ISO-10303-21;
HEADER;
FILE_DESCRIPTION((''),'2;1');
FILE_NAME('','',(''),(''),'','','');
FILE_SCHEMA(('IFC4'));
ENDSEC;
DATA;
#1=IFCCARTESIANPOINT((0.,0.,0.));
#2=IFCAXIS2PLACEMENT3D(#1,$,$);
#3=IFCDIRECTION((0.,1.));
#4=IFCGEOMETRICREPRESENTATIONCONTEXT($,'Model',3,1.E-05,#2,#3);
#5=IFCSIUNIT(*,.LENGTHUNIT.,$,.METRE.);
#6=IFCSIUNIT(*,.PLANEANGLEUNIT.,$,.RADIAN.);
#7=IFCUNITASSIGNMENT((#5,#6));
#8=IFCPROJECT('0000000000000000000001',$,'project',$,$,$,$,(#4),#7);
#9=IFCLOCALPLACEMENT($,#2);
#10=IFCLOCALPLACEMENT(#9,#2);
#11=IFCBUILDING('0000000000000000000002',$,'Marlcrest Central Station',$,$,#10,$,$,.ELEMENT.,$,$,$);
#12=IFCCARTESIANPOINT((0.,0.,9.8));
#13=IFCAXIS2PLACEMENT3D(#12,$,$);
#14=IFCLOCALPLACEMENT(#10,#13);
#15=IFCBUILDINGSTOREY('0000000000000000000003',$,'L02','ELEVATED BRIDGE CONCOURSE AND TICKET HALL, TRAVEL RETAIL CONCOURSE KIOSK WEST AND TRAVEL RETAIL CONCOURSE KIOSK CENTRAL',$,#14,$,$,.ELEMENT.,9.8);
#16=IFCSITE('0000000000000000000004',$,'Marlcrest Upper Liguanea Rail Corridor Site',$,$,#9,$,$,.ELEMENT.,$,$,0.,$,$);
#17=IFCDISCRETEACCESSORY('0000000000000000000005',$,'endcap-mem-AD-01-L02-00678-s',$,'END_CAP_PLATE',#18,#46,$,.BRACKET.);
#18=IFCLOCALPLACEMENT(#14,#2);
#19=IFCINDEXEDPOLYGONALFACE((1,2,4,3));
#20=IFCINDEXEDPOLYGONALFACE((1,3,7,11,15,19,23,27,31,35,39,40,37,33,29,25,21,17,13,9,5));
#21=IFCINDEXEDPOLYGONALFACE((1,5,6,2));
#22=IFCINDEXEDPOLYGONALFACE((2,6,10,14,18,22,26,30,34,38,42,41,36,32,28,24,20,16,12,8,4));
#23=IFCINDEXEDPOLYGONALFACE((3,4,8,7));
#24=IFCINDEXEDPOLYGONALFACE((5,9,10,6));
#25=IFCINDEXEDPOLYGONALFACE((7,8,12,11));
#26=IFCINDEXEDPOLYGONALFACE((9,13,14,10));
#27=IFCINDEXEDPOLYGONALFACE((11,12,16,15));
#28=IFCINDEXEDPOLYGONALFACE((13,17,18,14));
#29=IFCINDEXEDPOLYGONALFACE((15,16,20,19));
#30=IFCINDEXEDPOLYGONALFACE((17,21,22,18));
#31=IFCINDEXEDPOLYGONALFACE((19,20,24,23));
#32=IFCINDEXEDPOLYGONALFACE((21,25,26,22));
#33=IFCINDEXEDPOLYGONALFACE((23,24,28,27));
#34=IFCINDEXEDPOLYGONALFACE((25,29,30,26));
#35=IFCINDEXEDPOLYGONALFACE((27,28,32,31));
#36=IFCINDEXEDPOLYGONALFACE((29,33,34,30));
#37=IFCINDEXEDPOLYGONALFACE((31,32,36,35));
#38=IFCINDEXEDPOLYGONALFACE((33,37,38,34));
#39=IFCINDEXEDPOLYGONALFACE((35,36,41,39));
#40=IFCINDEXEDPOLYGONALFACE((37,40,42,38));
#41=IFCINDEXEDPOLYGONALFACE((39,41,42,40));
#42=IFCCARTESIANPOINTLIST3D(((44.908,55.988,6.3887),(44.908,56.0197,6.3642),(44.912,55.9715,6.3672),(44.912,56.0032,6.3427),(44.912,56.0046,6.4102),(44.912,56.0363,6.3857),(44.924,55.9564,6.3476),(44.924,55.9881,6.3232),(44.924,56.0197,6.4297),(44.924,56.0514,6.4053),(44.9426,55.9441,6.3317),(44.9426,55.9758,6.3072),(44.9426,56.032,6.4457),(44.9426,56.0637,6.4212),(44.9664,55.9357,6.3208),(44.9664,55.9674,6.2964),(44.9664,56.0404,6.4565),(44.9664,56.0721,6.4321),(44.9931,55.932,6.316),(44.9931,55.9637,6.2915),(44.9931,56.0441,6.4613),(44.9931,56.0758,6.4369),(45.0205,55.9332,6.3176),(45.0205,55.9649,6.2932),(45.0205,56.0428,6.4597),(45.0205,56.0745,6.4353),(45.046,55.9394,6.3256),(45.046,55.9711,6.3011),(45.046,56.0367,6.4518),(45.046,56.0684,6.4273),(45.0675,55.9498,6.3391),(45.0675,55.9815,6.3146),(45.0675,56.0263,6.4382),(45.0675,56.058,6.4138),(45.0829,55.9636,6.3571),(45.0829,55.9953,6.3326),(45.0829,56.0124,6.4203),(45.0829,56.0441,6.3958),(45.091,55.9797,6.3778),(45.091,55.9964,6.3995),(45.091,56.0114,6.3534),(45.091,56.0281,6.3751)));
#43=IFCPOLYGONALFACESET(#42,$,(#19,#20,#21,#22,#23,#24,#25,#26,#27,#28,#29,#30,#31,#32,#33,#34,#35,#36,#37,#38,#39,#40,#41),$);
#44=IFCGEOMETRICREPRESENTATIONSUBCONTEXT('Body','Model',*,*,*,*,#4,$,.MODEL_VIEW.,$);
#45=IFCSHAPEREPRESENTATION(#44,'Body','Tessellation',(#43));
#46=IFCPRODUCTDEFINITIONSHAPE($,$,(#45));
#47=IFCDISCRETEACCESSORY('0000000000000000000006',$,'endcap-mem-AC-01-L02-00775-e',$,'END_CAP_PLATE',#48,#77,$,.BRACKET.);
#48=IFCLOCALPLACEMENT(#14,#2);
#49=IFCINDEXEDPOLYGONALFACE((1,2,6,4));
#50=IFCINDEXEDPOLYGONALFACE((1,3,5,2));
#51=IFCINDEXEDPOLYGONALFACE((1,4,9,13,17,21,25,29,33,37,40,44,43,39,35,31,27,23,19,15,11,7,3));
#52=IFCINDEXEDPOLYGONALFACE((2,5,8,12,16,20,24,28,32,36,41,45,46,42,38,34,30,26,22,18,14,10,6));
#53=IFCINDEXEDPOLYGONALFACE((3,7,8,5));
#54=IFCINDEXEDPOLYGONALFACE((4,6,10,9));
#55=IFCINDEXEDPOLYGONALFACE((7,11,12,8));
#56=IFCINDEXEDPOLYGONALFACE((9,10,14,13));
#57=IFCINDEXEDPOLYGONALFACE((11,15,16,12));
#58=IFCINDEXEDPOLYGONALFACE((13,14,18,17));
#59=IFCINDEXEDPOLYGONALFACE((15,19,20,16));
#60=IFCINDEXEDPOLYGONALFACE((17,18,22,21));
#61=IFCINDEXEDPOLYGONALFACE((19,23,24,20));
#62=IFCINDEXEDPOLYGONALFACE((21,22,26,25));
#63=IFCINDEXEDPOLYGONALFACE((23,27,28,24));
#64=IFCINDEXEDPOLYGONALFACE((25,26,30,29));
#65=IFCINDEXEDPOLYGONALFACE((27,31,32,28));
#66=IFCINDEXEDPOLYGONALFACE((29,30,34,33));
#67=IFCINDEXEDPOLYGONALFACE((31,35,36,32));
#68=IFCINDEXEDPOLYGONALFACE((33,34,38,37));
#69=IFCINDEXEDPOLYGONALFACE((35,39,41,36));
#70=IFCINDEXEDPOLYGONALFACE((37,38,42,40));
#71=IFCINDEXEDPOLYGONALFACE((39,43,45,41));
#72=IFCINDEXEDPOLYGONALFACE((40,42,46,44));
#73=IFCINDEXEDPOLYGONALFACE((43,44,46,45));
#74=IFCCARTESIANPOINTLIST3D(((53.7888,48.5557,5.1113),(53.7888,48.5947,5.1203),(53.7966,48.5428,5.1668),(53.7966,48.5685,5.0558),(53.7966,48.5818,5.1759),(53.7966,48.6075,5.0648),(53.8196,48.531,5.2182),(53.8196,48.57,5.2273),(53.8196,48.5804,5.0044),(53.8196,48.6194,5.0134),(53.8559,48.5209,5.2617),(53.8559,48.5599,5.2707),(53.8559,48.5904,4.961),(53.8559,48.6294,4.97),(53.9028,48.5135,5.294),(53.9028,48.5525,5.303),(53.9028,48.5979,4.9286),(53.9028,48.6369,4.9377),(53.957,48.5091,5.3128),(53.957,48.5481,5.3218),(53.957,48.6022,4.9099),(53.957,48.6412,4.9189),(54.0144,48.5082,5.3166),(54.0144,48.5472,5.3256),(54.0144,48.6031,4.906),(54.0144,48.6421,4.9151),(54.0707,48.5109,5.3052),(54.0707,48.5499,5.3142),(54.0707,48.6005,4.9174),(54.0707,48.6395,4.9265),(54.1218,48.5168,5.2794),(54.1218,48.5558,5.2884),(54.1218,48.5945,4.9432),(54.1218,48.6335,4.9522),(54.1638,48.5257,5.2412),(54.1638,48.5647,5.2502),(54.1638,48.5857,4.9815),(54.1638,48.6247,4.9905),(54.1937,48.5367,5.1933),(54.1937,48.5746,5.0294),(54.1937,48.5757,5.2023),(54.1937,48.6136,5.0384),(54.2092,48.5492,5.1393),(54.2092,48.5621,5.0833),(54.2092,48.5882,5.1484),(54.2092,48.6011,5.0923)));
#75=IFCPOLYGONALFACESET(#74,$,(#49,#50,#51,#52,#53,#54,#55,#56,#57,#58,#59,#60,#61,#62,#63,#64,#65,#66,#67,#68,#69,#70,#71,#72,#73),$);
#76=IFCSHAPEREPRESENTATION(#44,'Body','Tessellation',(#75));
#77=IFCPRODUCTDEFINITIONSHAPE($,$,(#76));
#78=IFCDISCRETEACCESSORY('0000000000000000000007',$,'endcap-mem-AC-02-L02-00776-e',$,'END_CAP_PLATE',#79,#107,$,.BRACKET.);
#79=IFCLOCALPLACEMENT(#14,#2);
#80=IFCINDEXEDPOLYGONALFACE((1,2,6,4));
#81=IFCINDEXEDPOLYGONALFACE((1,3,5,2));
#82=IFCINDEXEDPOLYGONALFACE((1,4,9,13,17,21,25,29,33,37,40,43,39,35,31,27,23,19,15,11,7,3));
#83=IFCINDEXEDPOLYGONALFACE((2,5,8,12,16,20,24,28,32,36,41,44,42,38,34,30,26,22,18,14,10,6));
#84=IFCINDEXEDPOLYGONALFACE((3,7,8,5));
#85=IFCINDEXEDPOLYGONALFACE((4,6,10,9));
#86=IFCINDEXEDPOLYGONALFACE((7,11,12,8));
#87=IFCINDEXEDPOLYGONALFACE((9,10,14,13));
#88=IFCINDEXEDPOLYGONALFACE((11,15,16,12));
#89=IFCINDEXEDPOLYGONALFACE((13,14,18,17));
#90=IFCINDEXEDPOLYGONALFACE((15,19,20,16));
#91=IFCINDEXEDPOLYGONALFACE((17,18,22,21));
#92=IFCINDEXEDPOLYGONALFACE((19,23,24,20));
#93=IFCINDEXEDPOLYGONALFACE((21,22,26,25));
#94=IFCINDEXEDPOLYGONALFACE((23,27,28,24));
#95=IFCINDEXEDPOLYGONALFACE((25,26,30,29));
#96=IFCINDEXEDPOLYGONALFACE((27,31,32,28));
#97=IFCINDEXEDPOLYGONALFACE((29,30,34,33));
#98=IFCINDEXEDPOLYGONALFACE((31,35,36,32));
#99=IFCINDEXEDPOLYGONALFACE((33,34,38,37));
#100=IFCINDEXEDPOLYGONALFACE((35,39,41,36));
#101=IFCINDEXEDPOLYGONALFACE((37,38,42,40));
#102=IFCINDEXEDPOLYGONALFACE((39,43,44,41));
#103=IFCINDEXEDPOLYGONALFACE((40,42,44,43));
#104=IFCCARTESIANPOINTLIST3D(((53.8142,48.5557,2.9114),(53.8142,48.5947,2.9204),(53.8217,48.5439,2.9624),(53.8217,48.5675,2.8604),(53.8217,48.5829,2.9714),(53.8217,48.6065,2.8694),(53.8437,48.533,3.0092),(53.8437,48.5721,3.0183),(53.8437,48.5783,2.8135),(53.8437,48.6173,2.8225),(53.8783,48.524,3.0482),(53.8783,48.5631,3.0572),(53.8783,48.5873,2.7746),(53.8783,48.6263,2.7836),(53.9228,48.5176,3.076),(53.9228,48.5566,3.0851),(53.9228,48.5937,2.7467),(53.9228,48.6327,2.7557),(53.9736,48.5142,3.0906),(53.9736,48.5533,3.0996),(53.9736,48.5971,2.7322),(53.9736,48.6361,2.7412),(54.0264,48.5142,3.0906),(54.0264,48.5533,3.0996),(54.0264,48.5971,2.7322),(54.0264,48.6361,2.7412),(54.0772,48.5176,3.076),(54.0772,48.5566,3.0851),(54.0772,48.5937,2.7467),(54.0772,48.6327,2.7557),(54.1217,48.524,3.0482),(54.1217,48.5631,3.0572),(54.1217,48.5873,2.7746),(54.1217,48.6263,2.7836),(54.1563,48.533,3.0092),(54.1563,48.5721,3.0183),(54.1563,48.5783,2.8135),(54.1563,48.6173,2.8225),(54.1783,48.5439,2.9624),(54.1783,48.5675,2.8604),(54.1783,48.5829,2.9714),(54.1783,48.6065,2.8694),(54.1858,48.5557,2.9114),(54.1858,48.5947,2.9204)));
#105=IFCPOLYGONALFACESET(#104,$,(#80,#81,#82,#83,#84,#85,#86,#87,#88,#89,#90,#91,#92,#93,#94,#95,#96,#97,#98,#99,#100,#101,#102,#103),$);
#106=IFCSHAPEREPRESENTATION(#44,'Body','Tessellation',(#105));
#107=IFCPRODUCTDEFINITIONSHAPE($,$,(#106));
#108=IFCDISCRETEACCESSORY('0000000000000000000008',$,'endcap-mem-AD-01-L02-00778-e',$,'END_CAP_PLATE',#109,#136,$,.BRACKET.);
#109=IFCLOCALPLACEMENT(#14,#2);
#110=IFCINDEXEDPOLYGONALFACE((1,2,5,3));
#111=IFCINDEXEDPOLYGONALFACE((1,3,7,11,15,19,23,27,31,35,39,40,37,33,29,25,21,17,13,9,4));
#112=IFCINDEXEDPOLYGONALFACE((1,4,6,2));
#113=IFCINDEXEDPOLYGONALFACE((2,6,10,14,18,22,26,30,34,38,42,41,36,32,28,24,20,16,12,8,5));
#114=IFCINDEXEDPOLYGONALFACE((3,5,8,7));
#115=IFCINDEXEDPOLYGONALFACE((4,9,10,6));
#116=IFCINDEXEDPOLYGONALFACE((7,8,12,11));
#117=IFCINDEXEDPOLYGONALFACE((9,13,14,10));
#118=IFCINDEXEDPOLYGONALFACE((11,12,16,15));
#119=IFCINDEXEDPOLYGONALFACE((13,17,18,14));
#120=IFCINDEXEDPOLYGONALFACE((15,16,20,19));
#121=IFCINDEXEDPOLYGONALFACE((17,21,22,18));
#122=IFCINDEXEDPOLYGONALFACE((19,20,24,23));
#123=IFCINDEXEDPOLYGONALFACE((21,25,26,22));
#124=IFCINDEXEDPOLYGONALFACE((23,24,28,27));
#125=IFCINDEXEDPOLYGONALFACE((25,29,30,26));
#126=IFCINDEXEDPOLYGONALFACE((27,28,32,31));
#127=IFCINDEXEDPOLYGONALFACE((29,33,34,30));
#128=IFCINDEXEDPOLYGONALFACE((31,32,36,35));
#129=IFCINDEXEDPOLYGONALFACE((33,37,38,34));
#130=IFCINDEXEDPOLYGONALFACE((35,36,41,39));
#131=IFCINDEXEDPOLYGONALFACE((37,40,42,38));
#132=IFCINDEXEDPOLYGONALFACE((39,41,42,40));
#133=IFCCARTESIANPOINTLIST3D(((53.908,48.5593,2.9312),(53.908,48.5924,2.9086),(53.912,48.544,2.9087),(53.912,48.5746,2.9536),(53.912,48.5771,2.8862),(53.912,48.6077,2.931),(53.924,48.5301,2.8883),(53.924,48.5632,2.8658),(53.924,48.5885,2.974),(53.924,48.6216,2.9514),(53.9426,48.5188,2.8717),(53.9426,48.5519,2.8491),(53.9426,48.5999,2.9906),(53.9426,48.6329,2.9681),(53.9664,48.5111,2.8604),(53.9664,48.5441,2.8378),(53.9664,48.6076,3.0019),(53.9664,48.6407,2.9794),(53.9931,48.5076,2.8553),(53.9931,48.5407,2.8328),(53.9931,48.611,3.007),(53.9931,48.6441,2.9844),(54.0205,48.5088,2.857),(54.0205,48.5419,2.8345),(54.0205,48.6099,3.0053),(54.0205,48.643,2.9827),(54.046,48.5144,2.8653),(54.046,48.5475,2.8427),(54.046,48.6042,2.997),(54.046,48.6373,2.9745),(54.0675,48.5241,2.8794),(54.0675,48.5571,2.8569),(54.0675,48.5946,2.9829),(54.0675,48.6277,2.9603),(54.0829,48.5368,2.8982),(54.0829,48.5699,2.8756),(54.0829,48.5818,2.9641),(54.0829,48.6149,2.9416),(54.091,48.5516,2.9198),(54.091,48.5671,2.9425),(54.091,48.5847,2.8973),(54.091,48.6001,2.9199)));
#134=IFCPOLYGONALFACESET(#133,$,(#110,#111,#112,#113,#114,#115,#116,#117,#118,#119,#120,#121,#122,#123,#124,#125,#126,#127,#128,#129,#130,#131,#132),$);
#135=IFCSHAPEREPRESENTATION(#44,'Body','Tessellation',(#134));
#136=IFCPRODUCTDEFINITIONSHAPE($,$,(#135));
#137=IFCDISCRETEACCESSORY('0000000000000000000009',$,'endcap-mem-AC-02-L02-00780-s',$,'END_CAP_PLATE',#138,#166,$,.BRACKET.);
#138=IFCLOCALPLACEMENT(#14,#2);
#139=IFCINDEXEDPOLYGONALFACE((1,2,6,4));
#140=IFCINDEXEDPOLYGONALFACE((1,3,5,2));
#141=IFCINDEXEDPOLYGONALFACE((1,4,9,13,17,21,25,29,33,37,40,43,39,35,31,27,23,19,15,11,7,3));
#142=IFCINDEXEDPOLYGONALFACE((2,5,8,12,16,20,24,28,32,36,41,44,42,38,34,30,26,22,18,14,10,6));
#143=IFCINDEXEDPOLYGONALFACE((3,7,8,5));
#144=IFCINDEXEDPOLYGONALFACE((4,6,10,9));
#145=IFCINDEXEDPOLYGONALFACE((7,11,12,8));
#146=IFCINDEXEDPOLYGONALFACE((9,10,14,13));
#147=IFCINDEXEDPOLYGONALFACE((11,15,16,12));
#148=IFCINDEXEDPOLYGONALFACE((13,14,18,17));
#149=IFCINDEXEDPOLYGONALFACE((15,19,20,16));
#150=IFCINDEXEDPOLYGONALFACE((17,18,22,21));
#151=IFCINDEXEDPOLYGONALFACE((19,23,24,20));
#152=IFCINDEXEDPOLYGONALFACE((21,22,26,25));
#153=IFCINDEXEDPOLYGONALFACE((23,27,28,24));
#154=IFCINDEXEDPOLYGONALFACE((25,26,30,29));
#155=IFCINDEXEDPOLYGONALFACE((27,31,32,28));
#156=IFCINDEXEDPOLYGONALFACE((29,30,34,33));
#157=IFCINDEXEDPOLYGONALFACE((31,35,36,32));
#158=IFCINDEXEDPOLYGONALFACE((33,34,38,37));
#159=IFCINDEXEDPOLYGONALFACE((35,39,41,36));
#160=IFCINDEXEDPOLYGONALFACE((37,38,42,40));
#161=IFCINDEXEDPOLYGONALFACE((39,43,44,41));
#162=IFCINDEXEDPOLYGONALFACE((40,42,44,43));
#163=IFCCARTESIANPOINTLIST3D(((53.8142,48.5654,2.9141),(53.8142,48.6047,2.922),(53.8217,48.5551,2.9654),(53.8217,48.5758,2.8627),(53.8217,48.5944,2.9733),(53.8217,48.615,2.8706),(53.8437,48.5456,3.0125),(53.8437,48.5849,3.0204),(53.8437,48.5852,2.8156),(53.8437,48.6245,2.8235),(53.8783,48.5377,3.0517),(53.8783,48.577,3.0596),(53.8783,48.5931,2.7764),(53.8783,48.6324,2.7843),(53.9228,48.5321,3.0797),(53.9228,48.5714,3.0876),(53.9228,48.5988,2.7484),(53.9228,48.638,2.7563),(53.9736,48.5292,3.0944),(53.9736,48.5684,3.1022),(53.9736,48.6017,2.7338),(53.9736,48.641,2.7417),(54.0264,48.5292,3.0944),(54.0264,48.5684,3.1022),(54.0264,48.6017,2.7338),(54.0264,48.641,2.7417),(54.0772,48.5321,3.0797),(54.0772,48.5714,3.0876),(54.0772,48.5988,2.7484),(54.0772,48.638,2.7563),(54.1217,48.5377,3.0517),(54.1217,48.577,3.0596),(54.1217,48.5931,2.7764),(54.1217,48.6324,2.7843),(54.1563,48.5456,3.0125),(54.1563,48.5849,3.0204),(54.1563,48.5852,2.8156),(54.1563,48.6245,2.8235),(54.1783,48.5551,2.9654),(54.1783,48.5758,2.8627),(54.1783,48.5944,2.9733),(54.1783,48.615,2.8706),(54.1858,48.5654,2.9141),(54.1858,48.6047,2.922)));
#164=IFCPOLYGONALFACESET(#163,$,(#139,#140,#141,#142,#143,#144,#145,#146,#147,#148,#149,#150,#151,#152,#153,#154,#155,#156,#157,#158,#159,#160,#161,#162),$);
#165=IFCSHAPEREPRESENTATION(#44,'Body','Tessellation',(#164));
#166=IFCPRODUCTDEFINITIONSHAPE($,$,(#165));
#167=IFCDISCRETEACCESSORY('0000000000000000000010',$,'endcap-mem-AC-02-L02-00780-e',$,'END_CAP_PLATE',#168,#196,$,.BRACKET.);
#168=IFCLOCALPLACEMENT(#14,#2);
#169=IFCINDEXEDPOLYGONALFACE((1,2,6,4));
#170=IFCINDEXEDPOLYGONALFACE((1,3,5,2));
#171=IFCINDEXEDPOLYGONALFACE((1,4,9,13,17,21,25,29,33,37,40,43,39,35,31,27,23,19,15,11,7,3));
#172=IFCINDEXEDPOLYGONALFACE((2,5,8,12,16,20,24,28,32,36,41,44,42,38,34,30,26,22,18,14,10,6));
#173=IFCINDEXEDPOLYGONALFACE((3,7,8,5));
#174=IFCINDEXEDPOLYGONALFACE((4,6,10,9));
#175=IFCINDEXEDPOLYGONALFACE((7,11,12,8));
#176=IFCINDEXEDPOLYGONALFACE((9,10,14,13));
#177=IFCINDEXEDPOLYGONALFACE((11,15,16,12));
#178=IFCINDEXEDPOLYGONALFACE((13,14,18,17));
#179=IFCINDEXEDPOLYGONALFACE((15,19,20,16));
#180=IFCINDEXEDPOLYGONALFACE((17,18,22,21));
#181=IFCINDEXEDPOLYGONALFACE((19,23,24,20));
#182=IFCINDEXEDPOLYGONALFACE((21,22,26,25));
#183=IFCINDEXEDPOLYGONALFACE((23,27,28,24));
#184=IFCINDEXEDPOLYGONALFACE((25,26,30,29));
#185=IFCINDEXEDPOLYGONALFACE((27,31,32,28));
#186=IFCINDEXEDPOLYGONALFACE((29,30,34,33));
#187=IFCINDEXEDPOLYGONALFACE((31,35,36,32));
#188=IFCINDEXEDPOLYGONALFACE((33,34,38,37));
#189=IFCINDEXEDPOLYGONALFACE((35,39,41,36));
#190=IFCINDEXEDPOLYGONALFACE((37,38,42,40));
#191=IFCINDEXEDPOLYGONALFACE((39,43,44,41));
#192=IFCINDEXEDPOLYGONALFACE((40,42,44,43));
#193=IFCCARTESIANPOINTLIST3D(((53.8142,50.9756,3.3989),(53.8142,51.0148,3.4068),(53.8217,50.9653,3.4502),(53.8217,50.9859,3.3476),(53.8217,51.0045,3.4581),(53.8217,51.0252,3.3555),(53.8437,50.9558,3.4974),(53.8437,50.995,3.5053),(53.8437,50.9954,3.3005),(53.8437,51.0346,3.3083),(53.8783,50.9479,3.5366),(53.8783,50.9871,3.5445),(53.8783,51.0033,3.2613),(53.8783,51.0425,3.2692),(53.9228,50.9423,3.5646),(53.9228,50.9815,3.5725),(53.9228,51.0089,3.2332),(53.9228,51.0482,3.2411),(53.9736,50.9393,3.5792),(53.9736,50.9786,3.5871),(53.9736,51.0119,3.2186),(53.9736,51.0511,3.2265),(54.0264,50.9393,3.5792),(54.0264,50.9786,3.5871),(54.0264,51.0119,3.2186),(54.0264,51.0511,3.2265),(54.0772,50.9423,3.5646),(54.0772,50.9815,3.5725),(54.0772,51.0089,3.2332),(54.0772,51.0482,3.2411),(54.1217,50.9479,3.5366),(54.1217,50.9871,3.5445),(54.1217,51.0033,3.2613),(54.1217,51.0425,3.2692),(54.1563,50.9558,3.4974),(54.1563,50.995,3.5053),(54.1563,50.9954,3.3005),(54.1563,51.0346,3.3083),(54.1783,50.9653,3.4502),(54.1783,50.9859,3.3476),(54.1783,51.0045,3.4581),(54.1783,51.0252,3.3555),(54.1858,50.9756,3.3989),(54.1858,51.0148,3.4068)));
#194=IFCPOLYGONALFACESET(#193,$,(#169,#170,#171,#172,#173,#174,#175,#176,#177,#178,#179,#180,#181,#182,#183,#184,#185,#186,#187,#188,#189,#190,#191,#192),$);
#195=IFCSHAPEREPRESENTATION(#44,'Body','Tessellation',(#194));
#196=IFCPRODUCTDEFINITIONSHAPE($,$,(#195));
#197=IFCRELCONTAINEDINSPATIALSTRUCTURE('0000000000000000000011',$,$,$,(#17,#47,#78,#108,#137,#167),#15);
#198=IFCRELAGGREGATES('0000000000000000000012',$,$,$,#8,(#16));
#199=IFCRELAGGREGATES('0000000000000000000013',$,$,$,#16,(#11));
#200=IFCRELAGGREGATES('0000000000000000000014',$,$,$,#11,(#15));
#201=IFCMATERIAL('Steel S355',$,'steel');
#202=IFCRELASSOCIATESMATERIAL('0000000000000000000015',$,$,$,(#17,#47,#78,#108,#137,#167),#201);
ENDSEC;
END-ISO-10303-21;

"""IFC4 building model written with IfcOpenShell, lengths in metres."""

from ifc_helpers import new_model, si_unit, direction, frame, origin, origin_2d, place, context, subcontext, project, spatial, circle, extrude, material, element, save


model = new_model("IFC4")

# Units and contexts
model_context = context("Model", 3, precision=1e-05, world=origin(), true_north=direction((0.0, 1.0)))
body_context = subcontext(model_context, "Body", "Model", "MODEL_VIEW")
ifc_project = project(units=[si_unit("LENGTHUNIT", "METRE"), si_unit("PLANEANGLEUNIT", "RADIAN")], contexts=[model_context])

# Site, building, storey
site_placement = place(None, origin())
site = spatial("IfcSite", under=ifc_project, at=site_placement, Name="Marlcrest Upper Liguanea Rail Corridor Site", CompositionType="ELEMENT", RefElevation=0.0)
building_placement = place(site_placement, origin())
building = spatial("IfcBuilding", under=site, at=building_placement, Name="Marlcrest Central Station", CompositionType="ELEMENT")
storey_placement = place(building_placement, frame((0.0, 0.0, 9.8)))
storey = spatial("IfcBuildingStorey", under=building, at=storey_placement, Name="L02", Description="ELEVATED BRIDGE CONCOURSE AND TICKET HALL, TRAVEL RETAIL CONCOURSE KIOSK WEST AND TRAVEL RETAIL CONCOURSE KIOSK CENTRAL", CompositionType="ELEMENT", Elevation=9.8)

# Shared definitions
ifc_material = material(Name="Steel S355", Category="steel")

# Discrete accessories
discrete_accessory_1_placement = place(storey_placement, frame((45.0, 55.988, 6.3887), z_axis=(0.0, 0.791798, -0.610783), x_axis=(-1.0, 0.0, 0.0)))
element("IfcDiscreteAccessory", 1, at=discrete_accessory_1_placement, inside=storey, material=ifc_material, Name="endcap-mem-AD-01-L02-00678-s", ObjectType="END_CAP_PLATE", PredefinedType="BRACKET", context=body_context, shape_type="SweptSolid", body=[
    extrude(circle(Radius=0.092, at=origin_2d()), origin(), (0.0, 0.0, 1.0), 0.04),
])
discrete_accessory_2_placement = place(storey_placement, frame((54.0, 48.5557, 5.1113), z_axis=(0.0, 0.97433, 0.225126), x_axis=(-1.0, 0.0, 0.0)))
element("IfcDiscreteAccessory", 2, at=discrete_accessory_2_placement, inside=storey, material=ifc_material, Name="endcap-mem-AC-01-L02-00775-e", ObjectType="END_CAP_PLATE", PredefinedType="BRACKET", context=body_context, shape_type="SweptSolid", body=[
    extrude(circle(Radius=0.2112, at=origin_2d()), origin(), (0.0, 0.0, 1.0), 0.04),
])
discrete_accessory_3_placement = place(storey_placement, frame((54.0, 48.5557, 2.9114), z_axis=(0.0, 0.974308, 0.22522), x_axis=(-1.0, 0.0, 0.0)))
element("IfcDiscreteAccessory", 3, at=discrete_accessory_3_placement, inside=storey, material=ifc_material, Name="endcap-mem-AC-02-L02-00776-e", ObjectType="END_CAP_PLATE", PredefinedType="BRACKET", context=body_context, shape_type="SweptSolid", body=[
    extrude(circle(Radius=0.1858, at=origin_2d()), origin(), (0.0, 0.0, 1.0), 0.04),
])
discrete_accessory_4_placement = place(storey_placement, frame((54.0, 48.5593, 2.9312), z_axis=(0.0, 0.826263, -0.563285), x_axis=(-1.0, 0.0, 0.0)))
element("IfcDiscreteAccessory", 4, at=discrete_accessory_4_placement, inside=storey, material=ifc_material, Name="endcap-mem-AD-01-L02-00778-e", ObjectType="END_CAP_PLATE", PredefinedType="BRACKET", context=body_context, shape_type="SweptSolid", body=[
    extrude(circle(Radius=0.092, at=origin_2d()), origin(), (0.0, 0.0, 1.0), 0.04),
])
for number, where, z_axis, x_axis, name in (
    (5, (54.0, 48.5654, 2.9141), (0.0, 0.980359, 0.197219), (-1.0, 0.0, 0.0), "endcap-mem-AC-02-L02-00780-s"),
    (6, (54.0, 50.9756, 3.3989), (0.0, 0.980359, 0.197219), (-1.0, 0.0, 0.0), "endcap-mem-AC-02-L02-00780-e"),
):
    element("IfcDiscreteAccessory", number, at=place(storey_placement, frame(where, z_axis=z_axis, x_axis=x_axis)), inside=storey, material=ifc_material, Name=name, ObjectType="END_CAP_PLATE", PredefinedType="BRACKET", context=body_context, shape_type="SweptSolid", body=[
        extrude(circle(Radius=0.1858, at=origin_2d()), origin(), (0.0, 0.0, 1.0), 0.04),
    ])

save(model, "model.ifc")
